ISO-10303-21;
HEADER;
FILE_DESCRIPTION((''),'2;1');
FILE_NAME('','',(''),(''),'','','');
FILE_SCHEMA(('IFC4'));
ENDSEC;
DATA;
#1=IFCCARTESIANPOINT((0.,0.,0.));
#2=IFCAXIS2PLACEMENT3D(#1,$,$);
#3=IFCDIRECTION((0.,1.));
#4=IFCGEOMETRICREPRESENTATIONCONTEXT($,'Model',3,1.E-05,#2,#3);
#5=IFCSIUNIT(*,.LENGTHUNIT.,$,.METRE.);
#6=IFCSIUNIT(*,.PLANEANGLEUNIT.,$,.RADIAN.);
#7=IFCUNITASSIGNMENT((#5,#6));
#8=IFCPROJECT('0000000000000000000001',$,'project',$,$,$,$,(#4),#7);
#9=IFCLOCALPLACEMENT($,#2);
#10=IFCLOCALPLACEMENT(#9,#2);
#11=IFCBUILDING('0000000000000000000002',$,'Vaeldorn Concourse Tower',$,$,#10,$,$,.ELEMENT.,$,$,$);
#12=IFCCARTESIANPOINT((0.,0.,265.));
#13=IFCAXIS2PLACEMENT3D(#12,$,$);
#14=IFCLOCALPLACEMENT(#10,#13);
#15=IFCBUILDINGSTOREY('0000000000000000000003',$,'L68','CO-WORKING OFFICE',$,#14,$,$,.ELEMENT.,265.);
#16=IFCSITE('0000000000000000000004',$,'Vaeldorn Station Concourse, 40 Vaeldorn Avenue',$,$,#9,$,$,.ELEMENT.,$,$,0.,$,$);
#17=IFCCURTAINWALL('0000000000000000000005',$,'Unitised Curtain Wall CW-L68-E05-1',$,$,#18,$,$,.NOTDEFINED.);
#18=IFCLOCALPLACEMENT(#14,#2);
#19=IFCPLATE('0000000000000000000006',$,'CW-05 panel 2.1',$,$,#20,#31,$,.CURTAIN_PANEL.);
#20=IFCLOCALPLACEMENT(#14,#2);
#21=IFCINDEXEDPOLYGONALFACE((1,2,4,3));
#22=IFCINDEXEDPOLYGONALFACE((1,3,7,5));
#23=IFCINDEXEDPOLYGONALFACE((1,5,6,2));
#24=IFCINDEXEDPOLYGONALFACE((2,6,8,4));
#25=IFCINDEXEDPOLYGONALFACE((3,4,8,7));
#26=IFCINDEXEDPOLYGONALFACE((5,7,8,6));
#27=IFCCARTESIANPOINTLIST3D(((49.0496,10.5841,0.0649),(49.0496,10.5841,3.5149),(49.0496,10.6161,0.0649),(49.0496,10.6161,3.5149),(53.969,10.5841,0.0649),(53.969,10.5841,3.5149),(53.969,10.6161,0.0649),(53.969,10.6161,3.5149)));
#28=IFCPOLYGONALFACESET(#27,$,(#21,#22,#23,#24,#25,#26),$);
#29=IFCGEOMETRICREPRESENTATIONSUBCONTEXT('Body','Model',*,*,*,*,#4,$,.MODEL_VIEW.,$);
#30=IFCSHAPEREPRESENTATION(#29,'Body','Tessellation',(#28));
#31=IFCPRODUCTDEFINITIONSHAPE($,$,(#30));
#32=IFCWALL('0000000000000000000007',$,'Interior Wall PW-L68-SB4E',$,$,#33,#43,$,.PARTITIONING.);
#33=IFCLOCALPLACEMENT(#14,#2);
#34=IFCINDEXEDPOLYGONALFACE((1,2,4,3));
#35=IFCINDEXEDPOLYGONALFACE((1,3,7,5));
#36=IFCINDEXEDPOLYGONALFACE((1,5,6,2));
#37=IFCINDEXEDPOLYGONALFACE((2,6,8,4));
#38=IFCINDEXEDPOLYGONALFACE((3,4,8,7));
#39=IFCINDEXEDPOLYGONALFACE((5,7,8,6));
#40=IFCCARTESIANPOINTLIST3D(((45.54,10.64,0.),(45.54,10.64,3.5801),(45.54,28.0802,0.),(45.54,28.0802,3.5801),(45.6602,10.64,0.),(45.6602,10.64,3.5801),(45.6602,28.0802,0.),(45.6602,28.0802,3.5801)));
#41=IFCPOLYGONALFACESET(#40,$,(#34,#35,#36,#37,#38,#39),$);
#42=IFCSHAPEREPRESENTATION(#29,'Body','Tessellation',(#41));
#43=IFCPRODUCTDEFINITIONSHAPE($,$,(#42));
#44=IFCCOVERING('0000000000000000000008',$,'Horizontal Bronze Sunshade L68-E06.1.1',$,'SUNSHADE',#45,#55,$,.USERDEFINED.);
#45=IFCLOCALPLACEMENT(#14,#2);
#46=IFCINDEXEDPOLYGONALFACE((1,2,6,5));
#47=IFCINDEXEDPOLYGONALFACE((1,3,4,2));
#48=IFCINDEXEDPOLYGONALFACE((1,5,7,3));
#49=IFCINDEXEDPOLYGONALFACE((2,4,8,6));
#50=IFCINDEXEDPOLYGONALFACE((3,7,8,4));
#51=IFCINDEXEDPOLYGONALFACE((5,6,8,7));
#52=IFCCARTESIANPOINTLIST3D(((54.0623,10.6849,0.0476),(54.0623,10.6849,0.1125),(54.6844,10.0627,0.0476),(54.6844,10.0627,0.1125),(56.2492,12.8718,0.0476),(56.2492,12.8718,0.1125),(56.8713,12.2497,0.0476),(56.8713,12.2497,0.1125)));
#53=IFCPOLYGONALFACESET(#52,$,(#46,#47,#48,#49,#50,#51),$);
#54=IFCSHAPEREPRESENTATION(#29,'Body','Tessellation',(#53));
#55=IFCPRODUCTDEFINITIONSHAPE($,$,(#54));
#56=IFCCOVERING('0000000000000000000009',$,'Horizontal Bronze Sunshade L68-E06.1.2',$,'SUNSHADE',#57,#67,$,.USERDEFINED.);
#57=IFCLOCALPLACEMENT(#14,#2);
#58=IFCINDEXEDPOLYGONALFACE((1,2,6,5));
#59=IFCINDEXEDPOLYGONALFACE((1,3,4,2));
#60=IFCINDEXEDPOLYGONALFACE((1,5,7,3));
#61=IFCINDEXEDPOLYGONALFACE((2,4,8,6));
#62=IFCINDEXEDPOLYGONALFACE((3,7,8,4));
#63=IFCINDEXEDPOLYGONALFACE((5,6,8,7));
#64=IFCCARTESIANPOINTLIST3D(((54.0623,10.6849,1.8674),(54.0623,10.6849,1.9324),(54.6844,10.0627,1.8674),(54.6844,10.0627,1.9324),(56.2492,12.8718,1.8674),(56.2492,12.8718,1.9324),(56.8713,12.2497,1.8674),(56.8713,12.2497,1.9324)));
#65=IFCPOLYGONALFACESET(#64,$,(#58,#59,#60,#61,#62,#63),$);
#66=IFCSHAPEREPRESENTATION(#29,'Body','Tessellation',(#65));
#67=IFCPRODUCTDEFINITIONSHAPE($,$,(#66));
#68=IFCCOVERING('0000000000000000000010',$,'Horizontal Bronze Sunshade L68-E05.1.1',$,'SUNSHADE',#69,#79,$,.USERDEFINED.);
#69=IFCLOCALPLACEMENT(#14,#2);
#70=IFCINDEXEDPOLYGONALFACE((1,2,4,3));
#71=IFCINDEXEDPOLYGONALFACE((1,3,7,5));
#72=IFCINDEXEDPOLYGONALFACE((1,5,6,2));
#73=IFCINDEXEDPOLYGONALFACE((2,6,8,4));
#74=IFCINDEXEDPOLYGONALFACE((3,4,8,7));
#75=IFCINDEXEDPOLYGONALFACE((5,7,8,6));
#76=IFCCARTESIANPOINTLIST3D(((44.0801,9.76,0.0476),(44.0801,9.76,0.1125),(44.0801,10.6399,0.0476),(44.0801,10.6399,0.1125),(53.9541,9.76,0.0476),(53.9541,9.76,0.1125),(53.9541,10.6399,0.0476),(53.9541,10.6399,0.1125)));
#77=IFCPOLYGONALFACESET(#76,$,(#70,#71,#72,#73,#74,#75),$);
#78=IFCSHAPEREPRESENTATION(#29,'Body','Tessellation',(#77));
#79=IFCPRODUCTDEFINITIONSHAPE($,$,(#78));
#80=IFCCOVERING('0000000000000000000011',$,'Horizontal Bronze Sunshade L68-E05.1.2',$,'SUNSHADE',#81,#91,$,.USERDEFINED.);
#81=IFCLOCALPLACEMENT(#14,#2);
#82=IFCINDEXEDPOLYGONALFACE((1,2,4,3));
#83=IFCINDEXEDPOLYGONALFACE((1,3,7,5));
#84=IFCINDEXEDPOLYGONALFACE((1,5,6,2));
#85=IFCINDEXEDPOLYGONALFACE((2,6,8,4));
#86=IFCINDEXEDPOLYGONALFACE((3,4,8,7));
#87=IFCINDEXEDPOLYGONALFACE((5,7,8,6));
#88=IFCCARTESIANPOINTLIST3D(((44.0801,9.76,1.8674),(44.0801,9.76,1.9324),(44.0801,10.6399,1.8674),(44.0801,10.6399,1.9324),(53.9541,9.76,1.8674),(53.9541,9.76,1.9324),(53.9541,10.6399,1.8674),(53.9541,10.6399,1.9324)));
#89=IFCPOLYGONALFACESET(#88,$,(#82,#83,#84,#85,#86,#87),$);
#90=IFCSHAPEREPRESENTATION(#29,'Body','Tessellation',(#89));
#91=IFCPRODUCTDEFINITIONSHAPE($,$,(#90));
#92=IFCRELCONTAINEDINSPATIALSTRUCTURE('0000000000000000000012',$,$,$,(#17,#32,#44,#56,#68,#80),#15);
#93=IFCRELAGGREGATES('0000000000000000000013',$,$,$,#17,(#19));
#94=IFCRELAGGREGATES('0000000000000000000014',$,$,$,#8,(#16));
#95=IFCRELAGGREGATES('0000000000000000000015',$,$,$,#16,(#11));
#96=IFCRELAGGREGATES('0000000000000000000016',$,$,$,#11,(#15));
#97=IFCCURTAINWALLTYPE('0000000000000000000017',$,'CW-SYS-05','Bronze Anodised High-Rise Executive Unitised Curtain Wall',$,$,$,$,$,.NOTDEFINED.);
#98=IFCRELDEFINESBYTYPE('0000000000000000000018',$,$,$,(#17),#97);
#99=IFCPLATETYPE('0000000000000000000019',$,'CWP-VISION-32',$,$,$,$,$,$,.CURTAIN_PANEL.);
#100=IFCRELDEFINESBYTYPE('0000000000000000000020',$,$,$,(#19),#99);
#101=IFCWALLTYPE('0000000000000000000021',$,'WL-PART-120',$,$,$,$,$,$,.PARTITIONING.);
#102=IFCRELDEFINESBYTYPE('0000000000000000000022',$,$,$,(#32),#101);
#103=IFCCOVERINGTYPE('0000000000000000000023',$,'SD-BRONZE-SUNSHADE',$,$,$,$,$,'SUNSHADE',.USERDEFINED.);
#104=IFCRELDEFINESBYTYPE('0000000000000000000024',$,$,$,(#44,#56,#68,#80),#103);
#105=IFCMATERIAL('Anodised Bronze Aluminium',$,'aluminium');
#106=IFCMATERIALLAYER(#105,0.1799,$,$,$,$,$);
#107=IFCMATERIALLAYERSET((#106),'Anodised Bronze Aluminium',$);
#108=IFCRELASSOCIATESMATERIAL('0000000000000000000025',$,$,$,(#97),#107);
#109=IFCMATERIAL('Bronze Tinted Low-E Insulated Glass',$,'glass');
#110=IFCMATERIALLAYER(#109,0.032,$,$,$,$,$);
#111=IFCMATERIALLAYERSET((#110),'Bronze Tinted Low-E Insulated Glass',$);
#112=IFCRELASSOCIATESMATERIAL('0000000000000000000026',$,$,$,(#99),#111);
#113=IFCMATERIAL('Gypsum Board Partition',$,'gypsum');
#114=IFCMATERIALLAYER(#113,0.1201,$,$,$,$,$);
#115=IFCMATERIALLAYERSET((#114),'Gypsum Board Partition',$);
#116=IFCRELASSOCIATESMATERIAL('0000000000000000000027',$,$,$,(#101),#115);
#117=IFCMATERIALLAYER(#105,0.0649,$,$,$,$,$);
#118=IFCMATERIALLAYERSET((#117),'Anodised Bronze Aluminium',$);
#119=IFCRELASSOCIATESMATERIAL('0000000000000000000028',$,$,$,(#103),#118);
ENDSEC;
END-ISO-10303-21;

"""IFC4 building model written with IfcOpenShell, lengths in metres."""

from ifc_helpers import new_model, si_unit, direction, frame, frame_2d, origin, origin_2d, place, context, subcontext, project, spatial, rectangle, extrude, source, transform, mapped, material, layer, layer_set, type_object, element, aggregate, save


model = new_model("IFC4")

# Units and contexts
model_context = context("Model", 3, precision=1e-05, world=origin(), true_north=direction((0.0, 1.0)))
body_context = subcontext(model_context, "Body", "Model", "MODEL_VIEW")
ifc_project = project(units=[si_unit("LENGTHUNIT", "METRE"), si_unit("PLANEANGLEUNIT", "RADIAN")], contexts=[model_context])

# Site, building, storey
site_placement = place(None, origin())
site = spatial("IfcSite", under=ifc_project, at=site_placement, Name="Vaeldorn Station Concourse, 40 Vaeldorn Avenue", CompositionType="ELEMENT", RefElevation=0.0)
building_placement = place(site_placement, origin())
building = spatial("IfcBuilding", under=site, at=building_placement, Name="Vaeldorn Concourse Tower", CompositionType="ELEMENT")
storey_placement = place(building_placement, frame((0.0, 0.0, 265.0)))
storey = spatial("IfcBuildingStorey", under=building, at=storey_placement, Name="L68", Description="CO-WORKING OFFICE", CompositionType="ELEMENT", Elevation=265.0)

# Curtain wall
ifc_material_1 = material(Name="Anodised Bronze Aluminium", Category="aluminium")
ifc_layer_1 = layer(ifc_material_1, 0.1799)
ifc_layer_set_1 = layer_set([ifc_layer_1], Name="Anodised Bronze Aluminium")
curtain_wall_type = type_object("IfcCurtainWallType", Name="CW-SYS-05", Description="Bronze Anodised High-Rise Executive Unitised Curtain Wall", PredefinedType="NOTDEFINED", material=ifc_layer_set_1)
curtain_wall_1_placement = place(storey_placement, origin())
curtain_wall_1 = element("IfcCurtainWall", 1, at=curtain_wall_1_placement, inside=storey, type_object=curtain_wall_type, Name="Unitised Curtain Wall CW-L68-E05-1", PredefinedType="NOTDEFINED")

# Plate
ifc_material_2 = material(Name="Bronze Tinted Low-E Insulated Glass", Category="glass")
ifc_layer_2 = layer(ifc_material_2, 0.032)
ifc_layer_set_2 = layer_set([ifc_layer_2], Name="Bronze Tinted Low-E Insulated Glass")
plate_type = type_object("IfcPlateType", Name="CWP-VISION-32", PredefinedType="CURTAIN_PANEL", material=ifc_layer_set_2)
shared_shape_1 = source(origin(), body_context, "Body", "SweptSolid", [
    extrude(rectangle(XDim=4.9194, YDim=0.032, at=origin_2d()), origin(), (0.0, 0.0, 1.0), 3.45),
])
plate_1_placement = place(storey_placement, frame((51.5093, 10.6001, 0.0649), z_axis=(0.0, 0.0, 1.0), x_axis=(1.0, 0.0, 0.0)))
plate_1 = element("IfcPlate", 2, at=plate_1_placement, type_object=plate_type, Name="CW-05 panel 2.1", PredefinedType="CURTAIN_PANEL", context=body_context, shape_type="MappedRepresentation", body=[
    mapped(shared_shape_1, transform((0.0, 0.0, 0.0), scale=1.0)),
])
aggregate(curtain_wall_1, [plate_1])

# Wall
ifc_material_3 = material(Name="Gypsum Board Partition", Category="gypsum")
ifc_layer_3 = layer(ifc_material_3, 0.1201)
ifc_layer_set_3 = layer_set([ifc_layer_3], Name="Gypsum Board Partition")
wall_type = type_object("IfcWallType", Name="WL-PART-120", PredefinedType="PARTITIONING", material=ifc_layer_set_3)
wall_placement = place(storey_placement, frame((45.6001, 10.6399, 0.0), z_axis=(0.0, 0.0, 1.0), x_axis=(0.0, 1.0, 0.0)))
element("IfcWall", 3, at=wall_placement, inside=storey, type_object=wall_type, Name="Interior Wall PW-L68-SB4E", PredefinedType="PARTITIONING", context=body_context, shape_type="SweptSolid", body=[
    extrude(rectangle(XDim=17.4402, YDim=0.1201, at=frame_2d((8.7202, 0.0))), origin(), (0.0, 0.0, 1.0), 3.5801),
])

# Coverings
ifc_layer_4 = layer(ifc_material_1, 0.0649)
ifc_layer_set_4 = layer_set([ifc_layer_4], Name="Anodised Bronze Aluminium")
covering_type = type_object("IfcCoveringType", Name="SD-BRONZE-SUNSHADE", ElementType="SUNSHADE", PredefinedType="USERDEFINED", material=ifc_layer_set_4)
shared_shape_2 = source(origin(), body_context, "Body", "SweptSolid", [
    extrude(rectangle(XDim=3.0928, YDim=0.8799, at=origin_2d()), origin(), (0.0, 0.0, 1.0), 0.0649),
])
for number, where, z_axis, x_axis, name in (
    (4, (55.4668, 11.4673, 0.0476), (0.0, 0.0, 1.0), (0.707107, 0.707107, 0.0), "Horizontal Bronze Sunshade L68-E06.1.1"),
    (5, (55.4668, 11.4673, 1.8674), (0.0, 0.0, 1.0), (0.707107, 0.707107, 0.0), "Horizontal Bronze Sunshade L68-E06.1.2"),
):
    element("IfcCovering", number, at=place(storey_placement, frame(where, z_axis=z_axis, x_axis=x_axis)), inside=storey, type_object=covering_type, Name=name, ObjectType="SUNSHADE", PredefinedType="USERDEFINED", context=body_context, shape_type="MappedRepresentation", body=[
        mapped(shared_shape_2, transform((0.0, 0.0, 0.0), scale=1.0)),
    ])
shared_shape_3 = source(origin(), body_context, "Body", "SweptSolid", [
    extrude(rectangle(XDim=9.874, YDim=0.8799, at=origin_2d()), origin(), (0.0, 0.0, 1.0), 0.0649),
])
for number, where, z_axis, x_axis, name in (
    (6, (49.0171, 10.2, 0.0476), (0.0, 0.0, 1.0), (1.0, 0.0, 0.0), "Horizontal Bronze Sunshade L68-E05.1.1"),
    (7, (49.0171, 10.2, 1.8674), (0.0, 0.0, 1.0), (1.0, 0.0, 0.0), "Horizontal Bronze Sunshade L68-E05.1.2"),
):
    element("IfcCovering", number, at=place(storey_placement, frame(where, z_axis=z_axis, x_axis=x_axis)), inside=storey, type_object=covering_type, Name=name, ObjectType="SUNSHADE", PredefinedType="USERDEFINED", context=body_context, shape_type="MappedRepresentation", body=[
        mapped(shared_shape_3, transform((0.0, 0.0, 0.0), scale=1.0)),
    ])

save(model, "model.ifc")
